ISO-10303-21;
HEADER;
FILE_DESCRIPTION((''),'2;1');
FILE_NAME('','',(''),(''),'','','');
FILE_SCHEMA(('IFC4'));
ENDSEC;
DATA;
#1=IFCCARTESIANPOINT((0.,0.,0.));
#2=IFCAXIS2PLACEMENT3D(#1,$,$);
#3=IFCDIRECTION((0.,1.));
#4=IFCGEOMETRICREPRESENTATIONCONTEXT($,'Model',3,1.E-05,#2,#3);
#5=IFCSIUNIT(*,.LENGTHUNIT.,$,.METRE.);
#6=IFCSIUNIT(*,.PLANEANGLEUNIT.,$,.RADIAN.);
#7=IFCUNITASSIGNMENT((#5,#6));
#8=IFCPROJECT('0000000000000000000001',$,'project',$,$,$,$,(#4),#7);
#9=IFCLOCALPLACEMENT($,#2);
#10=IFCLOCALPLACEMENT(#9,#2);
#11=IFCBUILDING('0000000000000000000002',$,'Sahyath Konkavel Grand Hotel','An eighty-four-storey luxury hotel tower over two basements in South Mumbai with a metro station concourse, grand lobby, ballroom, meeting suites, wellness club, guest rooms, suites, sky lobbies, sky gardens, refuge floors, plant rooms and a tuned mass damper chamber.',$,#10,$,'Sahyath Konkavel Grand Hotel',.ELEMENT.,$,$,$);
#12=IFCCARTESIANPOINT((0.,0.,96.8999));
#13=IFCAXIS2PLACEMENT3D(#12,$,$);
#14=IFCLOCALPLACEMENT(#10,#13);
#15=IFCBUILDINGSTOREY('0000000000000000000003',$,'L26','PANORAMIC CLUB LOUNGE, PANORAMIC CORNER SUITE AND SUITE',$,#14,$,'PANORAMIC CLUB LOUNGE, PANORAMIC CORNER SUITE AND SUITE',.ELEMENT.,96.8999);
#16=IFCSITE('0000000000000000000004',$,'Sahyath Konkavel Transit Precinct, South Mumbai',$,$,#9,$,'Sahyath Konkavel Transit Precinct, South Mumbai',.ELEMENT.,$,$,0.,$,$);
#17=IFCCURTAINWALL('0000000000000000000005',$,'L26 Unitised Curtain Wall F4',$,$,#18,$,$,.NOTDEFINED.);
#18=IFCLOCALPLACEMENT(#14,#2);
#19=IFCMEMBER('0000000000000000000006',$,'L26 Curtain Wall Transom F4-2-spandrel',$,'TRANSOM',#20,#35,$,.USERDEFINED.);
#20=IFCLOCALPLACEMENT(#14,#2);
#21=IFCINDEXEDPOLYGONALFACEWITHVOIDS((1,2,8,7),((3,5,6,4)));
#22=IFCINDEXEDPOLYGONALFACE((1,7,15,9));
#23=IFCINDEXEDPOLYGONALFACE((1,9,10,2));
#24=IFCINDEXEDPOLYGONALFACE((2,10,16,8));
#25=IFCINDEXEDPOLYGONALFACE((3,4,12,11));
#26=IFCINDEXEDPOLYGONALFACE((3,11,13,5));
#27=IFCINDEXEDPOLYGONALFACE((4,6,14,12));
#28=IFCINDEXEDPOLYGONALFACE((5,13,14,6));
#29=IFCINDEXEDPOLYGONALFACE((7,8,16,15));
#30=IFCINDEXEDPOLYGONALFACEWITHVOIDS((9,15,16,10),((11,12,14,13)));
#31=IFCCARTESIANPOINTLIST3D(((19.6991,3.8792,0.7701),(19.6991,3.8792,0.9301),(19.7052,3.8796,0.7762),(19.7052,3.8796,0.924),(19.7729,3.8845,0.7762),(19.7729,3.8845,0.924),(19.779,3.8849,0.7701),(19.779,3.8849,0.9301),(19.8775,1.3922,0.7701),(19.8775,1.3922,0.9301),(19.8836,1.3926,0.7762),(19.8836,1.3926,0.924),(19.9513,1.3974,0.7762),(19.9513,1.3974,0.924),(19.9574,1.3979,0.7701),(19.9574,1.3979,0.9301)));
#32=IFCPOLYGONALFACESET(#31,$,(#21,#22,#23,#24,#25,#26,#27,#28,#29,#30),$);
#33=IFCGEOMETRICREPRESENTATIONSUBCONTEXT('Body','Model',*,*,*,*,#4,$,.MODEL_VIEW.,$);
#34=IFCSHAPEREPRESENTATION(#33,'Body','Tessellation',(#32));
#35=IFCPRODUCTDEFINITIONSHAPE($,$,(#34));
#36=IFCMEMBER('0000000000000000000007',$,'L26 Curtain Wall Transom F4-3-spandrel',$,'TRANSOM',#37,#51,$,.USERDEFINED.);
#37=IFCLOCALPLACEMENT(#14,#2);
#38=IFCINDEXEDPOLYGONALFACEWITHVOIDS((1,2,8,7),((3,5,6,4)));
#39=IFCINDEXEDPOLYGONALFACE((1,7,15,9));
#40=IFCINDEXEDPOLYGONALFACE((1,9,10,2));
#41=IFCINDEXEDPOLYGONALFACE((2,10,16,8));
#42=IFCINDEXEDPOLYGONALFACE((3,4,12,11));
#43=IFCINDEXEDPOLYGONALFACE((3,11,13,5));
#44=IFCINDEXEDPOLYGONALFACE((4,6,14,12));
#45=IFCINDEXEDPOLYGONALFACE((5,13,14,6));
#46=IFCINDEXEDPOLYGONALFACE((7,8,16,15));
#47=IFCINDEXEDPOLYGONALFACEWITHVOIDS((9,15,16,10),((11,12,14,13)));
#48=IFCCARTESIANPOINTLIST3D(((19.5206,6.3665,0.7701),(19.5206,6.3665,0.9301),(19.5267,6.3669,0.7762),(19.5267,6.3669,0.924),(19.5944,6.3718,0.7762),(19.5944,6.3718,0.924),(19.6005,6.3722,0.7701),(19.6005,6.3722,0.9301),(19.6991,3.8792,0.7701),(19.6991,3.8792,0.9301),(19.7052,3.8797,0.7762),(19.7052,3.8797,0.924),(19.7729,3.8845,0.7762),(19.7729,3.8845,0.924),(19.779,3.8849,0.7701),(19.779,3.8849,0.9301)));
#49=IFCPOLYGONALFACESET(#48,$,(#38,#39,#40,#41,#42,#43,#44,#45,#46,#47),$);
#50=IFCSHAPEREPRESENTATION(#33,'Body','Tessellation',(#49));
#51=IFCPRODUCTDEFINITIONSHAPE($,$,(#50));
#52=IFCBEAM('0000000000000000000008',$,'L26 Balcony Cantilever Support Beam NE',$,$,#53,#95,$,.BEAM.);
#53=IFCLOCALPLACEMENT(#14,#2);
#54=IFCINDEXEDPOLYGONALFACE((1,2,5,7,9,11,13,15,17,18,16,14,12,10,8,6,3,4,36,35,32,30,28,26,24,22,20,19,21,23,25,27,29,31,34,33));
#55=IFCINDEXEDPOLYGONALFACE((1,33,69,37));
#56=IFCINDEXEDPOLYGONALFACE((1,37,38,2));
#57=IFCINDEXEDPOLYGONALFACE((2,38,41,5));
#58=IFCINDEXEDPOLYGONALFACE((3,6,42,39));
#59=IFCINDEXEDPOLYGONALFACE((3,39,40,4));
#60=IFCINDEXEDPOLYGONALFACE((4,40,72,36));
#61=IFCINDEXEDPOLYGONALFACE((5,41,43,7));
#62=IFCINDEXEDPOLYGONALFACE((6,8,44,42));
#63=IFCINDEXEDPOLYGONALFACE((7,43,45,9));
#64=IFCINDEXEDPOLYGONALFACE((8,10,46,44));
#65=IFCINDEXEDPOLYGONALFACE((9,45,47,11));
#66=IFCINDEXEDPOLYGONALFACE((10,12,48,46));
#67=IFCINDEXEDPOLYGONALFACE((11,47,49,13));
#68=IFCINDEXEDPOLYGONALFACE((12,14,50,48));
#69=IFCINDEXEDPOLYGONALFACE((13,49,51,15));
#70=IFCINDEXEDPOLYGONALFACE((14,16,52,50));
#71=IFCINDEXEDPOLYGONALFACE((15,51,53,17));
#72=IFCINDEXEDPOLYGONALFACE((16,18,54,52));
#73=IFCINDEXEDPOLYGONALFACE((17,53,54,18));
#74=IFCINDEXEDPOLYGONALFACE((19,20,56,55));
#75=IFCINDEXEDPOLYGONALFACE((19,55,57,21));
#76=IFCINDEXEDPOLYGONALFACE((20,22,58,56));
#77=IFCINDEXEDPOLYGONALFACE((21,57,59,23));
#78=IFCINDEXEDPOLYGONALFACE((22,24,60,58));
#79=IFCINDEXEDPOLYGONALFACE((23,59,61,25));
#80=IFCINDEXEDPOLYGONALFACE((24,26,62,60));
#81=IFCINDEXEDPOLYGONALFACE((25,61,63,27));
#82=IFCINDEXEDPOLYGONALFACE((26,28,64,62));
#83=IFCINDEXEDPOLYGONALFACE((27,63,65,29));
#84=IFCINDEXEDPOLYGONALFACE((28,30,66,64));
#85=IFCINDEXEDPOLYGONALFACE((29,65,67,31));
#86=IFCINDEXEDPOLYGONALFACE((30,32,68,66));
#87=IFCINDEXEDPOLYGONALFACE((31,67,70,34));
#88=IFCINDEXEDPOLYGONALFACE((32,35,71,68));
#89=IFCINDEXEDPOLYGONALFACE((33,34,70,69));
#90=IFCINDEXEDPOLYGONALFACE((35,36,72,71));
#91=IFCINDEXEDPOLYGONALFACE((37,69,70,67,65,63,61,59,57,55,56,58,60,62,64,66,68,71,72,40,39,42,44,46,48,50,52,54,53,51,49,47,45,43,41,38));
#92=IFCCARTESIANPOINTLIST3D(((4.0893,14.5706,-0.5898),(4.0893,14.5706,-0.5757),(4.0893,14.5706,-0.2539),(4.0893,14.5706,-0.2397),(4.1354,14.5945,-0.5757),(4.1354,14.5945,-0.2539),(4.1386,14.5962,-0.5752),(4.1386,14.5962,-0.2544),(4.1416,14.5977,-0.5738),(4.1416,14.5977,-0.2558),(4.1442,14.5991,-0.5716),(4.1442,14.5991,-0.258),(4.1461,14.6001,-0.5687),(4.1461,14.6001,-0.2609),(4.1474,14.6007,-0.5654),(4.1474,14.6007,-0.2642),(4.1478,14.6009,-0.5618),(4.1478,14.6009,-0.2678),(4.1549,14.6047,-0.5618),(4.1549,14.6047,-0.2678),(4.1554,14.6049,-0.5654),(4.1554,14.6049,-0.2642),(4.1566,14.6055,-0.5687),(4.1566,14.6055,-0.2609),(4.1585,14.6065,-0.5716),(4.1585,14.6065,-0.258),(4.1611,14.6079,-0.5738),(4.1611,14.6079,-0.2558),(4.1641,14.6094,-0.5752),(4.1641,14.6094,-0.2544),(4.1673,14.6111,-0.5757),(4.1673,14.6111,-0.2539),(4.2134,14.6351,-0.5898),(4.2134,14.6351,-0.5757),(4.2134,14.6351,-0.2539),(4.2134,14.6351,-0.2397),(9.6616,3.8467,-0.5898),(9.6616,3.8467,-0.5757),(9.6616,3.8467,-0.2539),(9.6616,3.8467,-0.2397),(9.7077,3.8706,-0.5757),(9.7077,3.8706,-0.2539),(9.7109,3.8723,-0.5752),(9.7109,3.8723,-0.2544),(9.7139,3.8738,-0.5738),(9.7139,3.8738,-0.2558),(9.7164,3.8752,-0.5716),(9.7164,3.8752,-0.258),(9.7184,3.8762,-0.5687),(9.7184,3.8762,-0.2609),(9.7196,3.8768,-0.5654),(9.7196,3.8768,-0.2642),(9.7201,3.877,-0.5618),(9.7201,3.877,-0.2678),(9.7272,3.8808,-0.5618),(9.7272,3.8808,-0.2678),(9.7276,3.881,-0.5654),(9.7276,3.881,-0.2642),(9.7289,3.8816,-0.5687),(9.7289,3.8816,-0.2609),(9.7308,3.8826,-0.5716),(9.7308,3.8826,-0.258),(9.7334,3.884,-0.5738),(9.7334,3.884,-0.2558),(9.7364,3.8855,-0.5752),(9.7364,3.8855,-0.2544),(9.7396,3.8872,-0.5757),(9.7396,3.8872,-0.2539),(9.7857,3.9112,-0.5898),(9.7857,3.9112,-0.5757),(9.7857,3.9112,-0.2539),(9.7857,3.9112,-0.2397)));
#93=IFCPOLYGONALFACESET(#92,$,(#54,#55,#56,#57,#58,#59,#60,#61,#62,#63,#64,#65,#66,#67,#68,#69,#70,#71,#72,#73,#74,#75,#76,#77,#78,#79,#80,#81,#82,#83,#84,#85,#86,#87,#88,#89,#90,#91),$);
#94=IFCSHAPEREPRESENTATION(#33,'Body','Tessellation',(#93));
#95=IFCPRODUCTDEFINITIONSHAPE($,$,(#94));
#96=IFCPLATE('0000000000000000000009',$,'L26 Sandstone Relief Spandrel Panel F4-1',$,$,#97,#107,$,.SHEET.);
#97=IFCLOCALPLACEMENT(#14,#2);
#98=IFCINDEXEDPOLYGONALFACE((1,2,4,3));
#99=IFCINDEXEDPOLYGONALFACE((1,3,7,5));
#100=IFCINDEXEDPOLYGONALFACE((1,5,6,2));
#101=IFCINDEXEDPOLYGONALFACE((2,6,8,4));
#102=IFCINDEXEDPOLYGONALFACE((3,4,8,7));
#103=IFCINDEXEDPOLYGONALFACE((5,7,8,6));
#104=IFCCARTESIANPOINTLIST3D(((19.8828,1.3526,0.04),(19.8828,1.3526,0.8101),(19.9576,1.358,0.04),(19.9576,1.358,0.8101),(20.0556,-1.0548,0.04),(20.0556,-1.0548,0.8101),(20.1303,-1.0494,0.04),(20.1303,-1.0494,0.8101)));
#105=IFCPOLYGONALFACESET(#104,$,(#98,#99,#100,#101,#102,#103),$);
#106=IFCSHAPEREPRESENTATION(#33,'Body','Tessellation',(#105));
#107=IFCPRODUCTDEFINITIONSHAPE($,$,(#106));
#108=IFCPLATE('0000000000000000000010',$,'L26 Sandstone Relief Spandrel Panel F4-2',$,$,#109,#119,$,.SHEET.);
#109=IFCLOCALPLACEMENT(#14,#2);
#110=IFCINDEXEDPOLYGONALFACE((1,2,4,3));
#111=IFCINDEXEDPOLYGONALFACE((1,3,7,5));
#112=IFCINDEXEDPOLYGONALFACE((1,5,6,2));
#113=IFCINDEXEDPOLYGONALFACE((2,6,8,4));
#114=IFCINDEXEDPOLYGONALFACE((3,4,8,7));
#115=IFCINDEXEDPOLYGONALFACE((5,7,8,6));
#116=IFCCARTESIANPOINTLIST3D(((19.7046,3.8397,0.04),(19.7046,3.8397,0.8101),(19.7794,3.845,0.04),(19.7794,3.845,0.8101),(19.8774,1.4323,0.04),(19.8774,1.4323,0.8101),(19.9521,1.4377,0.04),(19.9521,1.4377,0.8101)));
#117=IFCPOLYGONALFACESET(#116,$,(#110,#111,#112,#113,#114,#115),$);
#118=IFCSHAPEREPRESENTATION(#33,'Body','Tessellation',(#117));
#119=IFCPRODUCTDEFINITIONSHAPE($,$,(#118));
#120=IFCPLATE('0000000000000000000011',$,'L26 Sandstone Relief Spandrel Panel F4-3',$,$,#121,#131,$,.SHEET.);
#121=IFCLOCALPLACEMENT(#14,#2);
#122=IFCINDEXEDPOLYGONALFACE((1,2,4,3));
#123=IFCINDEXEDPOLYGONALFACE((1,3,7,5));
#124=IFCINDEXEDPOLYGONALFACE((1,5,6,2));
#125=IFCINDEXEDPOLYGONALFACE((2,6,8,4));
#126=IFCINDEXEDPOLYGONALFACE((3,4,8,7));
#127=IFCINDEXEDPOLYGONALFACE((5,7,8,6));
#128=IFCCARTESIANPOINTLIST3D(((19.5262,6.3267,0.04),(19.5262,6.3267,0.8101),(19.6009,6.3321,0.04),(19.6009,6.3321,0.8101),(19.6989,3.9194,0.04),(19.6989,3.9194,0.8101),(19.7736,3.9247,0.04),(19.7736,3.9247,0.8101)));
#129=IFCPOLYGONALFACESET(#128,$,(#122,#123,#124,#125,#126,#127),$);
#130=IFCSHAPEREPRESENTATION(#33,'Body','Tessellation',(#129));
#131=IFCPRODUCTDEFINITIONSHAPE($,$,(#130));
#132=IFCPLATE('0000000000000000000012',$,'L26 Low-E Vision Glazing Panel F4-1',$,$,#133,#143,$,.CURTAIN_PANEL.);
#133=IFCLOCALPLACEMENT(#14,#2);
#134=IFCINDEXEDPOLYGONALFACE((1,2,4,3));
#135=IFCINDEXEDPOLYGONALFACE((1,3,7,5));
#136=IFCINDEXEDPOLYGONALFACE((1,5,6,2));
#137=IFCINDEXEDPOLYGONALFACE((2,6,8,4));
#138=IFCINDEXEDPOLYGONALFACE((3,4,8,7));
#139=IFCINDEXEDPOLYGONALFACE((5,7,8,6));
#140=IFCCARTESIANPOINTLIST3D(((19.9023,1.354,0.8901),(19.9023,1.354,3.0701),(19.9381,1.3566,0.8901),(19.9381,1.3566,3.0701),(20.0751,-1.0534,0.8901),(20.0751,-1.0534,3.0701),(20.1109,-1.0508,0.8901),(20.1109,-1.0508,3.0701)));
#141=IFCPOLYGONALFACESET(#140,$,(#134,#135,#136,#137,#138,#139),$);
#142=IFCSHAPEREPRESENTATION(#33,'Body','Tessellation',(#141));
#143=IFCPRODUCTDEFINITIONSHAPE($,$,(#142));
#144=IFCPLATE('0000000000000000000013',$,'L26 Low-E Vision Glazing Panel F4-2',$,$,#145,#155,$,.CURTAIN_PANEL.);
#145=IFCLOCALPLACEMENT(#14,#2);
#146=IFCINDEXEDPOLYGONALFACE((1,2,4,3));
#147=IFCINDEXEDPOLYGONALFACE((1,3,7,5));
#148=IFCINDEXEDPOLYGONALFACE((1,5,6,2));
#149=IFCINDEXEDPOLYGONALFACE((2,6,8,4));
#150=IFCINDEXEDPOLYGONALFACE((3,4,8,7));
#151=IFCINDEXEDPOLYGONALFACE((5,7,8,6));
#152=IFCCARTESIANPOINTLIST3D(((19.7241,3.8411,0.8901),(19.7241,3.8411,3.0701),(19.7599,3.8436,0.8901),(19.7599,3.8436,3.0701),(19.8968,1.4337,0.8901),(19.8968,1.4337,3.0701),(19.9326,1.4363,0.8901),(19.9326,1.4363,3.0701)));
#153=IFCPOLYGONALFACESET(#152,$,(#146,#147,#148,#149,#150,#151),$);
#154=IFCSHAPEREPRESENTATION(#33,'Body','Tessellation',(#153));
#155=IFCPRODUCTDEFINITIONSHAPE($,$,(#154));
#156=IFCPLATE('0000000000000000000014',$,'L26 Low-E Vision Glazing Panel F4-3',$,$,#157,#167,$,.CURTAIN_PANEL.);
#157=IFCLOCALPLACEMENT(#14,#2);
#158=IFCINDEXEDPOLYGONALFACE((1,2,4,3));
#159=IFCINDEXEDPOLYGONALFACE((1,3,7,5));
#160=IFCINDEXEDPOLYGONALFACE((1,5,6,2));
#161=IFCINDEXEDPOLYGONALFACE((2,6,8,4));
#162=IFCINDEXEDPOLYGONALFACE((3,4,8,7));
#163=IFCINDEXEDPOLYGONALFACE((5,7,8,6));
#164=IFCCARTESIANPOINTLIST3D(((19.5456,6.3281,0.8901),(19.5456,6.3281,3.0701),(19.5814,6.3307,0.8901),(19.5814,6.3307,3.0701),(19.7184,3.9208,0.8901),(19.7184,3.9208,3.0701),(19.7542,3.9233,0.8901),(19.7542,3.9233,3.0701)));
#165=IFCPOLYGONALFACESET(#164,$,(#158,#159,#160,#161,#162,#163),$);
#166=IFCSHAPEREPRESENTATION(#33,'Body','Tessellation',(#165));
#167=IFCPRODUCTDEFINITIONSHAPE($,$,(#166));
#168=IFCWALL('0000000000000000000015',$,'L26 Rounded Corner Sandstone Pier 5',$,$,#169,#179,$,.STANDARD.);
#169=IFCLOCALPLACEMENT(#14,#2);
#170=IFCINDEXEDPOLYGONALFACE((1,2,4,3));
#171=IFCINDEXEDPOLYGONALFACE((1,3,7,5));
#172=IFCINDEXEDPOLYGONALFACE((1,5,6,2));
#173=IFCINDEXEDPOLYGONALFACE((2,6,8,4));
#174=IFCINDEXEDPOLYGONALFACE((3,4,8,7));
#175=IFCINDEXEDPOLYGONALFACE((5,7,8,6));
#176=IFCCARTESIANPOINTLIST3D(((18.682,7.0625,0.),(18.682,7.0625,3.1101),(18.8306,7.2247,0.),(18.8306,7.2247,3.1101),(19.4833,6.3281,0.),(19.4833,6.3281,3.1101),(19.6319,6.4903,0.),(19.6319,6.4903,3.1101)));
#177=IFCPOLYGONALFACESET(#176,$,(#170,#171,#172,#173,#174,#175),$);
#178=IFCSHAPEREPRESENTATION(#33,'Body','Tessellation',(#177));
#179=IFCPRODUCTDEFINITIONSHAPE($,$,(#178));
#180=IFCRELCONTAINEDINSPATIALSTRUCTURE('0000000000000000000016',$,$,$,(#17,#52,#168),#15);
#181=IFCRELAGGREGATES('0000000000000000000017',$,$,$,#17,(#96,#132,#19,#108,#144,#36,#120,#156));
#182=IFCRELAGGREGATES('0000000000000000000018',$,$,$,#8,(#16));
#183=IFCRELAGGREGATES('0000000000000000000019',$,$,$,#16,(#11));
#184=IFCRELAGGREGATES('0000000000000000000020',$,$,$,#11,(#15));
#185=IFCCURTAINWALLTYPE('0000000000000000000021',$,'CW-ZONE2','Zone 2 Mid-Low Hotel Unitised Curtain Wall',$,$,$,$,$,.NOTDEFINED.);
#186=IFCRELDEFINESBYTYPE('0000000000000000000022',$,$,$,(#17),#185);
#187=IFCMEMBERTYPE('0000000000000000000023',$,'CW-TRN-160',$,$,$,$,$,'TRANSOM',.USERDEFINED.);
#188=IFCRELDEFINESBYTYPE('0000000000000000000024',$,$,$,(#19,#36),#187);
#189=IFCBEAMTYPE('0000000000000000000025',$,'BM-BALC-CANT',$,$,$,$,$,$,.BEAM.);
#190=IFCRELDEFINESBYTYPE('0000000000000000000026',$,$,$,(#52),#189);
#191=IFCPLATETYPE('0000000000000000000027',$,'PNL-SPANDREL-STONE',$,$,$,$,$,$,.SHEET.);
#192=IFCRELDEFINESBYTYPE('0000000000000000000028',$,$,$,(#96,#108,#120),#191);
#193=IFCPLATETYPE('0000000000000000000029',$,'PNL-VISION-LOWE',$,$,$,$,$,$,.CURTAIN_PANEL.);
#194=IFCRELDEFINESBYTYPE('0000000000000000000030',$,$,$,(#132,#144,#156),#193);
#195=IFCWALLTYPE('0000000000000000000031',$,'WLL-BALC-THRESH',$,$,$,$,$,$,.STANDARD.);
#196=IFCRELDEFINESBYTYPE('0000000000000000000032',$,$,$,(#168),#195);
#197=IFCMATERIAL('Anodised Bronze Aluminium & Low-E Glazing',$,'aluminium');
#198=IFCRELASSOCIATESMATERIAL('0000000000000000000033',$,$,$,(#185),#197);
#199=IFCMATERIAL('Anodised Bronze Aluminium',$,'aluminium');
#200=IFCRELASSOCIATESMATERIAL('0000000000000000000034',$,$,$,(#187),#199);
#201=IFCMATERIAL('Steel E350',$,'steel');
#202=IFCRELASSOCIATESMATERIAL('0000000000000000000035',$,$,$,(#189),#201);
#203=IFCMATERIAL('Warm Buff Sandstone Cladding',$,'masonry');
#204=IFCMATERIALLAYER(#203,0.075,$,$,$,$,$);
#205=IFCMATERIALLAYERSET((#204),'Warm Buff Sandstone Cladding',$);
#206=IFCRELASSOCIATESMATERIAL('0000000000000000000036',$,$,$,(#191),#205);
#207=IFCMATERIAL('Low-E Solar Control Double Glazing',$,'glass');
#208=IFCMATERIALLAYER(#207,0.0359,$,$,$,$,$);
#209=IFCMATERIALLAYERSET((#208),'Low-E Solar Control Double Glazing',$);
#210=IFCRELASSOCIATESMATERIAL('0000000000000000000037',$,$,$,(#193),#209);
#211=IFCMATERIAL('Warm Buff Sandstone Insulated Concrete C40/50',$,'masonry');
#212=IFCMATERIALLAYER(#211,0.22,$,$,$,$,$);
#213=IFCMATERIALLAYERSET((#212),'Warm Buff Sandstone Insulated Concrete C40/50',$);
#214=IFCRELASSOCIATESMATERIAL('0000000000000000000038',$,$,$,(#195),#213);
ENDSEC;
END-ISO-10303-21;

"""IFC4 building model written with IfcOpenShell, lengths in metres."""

from ifc_helpers import new_model, si_unit, direction, frame, frame_2d, origin, origin_2d, place, context, subcontext, project, spatial, rectangle, hollow_rectangle, i_section, extrude, source, transform, mapped, material, layer, layer_set, material_profile, profile_set, type_object, element, aggregate, save


model = new_model("IFC4")

# Units and contexts
model_context = context("Model", 3, precision=1e-05, world=origin(), true_north=direction((0.0, 1.0)))
body_context = subcontext(model_context, "Body", "Model", "MODEL_VIEW")
ifc_project = project(units=[si_unit("LENGTHUNIT", "METRE"), si_unit("PLANEANGLEUNIT", "RADIAN")], contexts=[model_context])

# Site, building, storey
site_placement = place(None, origin())
site = spatial("IfcSite", under=ifc_project, at=site_placement, Name="Sahyath Konkavel Transit Precinct, South Mumbai", LongName="Sahyath Konkavel Transit Precinct, South Mumbai", CompositionType="ELEMENT", RefElevation=0.0)
building_placement = place(site_placement, origin())
building = spatial("IfcBuilding", under=site, at=building_placement, Name="Sahyath Konkavel Grand Hotel", Description="An eighty-four-storey luxury hotel tower over two basements in South Mumbai with a metro station concourse, grand lobby, ballroom, meeting suites, wellness club, guest rooms, suites, sky lobbies, sky gardens, refuge floors, plant rooms and a tuned mass damper chamber.", LongName="Sahyath Konkavel Grand Hotel", CompositionType="ELEMENT")
storey_placement = place(building_placement, frame((0.0, 0.0, 96.8999)))
storey = spatial("IfcBuildingStorey", under=building, at=storey_placement, Name="L26", Description="PANORAMIC CLUB LOUNGE, PANORAMIC CORNER SUITE AND SUITE", LongName="PANORAMIC CLUB LOUNGE, PANORAMIC CORNER SUITE AND SUITE", CompositionType="ELEMENT", Elevation=96.8999)

# Shared definitions
ifc_material_1 = material(Name="Steel E350", Category="steel")

# Curtain wall, members
ifc_material_2 = material(Name="Anodised Bronze Aluminium & Low-E Glazing", Category="aluminium")
curtain_wall_type = type_object("IfcCurtainWallType", Name="CW-ZONE2", Description="Zone 2 Mid-Low Hotel Unitised Curtain Wall", PredefinedType="NOTDEFINED", material=ifc_material_2)
curtain_wall_placement = place(storey_placement, origin())
curtain_wall = element("IfcCurtainWall", 1, at=curtain_wall_placement, inside=storey, type_object=curtain_wall_type, Name="L26 Unitised Curtain Wall F4", PredefinedType="NOTDEFINED")
ifc_material_3 = material(Name="Anodised Bronze Aluminium", Category="aluminium")
ifc_material_profile_1 = material_profile(ifc_material_3, hollow_rectangle(XDim=0.0801, YDim=0.1599, WallThickness=0.0061, at=origin_2d()), Name="RHS 160x80x6")
ifc_profile_set_1 = profile_set([ifc_material_profile_1], Name="Anodised Bronze Aluminium")
member_type_1 = type_object("IfcMemberType", Name="CW-TRN-160", ElementType="TRANSOM", PredefinedType="USERDEFINED", material=ifc_profile_set_1)
shared_shape_1 = source(origin(), body_context, "Body", "SweptSolid", [
    extrude(hollow_rectangle(XDim=0.0801, YDim=0.1599, WallThickness=0.0061, at=origin_2d()), origin(), (0.0, 0.0, 1.0), 2.4934),
])
member_1_placement = place(storey_placement, frame((19.9175, 1.395, 0.8501), z_axis=(-0.071574, 0.997435, 0.0), x_axis=(-0.997435, -0.071574, 0.0)))
member_1 = element("IfcMember", 2, at=member_1_placement, type_object=member_type_1, Name="L26 Curtain Wall Transom F4-2-spandrel", ObjectType="TRANSOM", PredefinedType="USERDEFINED", context=body_context, shape_type="MappedRepresentation", body=[
    mapped(shared_shape_1, transform((0.0, 0.0, 0.0), scale=1.0)),
])
shared_shape_2 = source(origin(), body_context, "Body", "SweptSolid", [
    extrude(hollow_rectangle(XDim=0.0801, YDim=0.1599, WallThickness=0.0061, at=origin_2d()), origin(), (0.0, 0.0, 1.0), 2.4937),
])
member_2_placement = place(storey_placement, frame((19.739, 3.8821, 0.8501), z_axis=(-0.071567, 0.997436, 0.0), x_axis=(-0.997436, -0.071567, 0.0)))
member_2 = element("IfcMember", 3, at=member_2_placement, type_object=member_type_1, Name="L26 Curtain Wall Transom F4-3-spandrel", ObjectType="TRANSOM", PredefinedType="USERDEFINED", context=body_context, shape_type="MappedRepresentation", body=[
    mapped(shared_shape_2, transform((0.0, 0.0, 0.0), scale=1.0)),
])

# Beam
ifc_material_profile_2 = material_profile(ifc_material_1, i_section(OverallWidth=0.1399, OverallDepth=0.3501, WebThickness=0.0081, FlangeThickness=0.0142, FilletRadius=0.0139, at=origin_2d()), Name="ISMB 350")
ifc_profile_set_2 = profile_set([ifc_material_profile_2], Name="Steel E350")
beam_type_1 = type_object("IfcBeamType", Name="BM-BALC-CANT", PredefinedType="BEAM", material=ifc_profile_set_2)
shared_shape_3 = source(origin(), body_context, "Body", "SweptSolid", [
    extrude(i_section(OverallWidth=0.1399, OverallDepth=0.3501, WebThickness=0.0081, FlangeThickness=0.0142, FilletRadius=0.0139, at=origin_2d()), origin(), (0.0, 0.0, 1.0), 12.0852),
])
beam_1_placement = place(storey_placement, frame((9.7236, 3.8789, -0.4148), z_axis=(-0.461082, 0.887357, 0.0), x_axis=(-0.887357, -0.461082, 0.0)))
element("IfcBeam", 4, at=beam_1_placement, inside=storey, type_object=beam_type_1, Name="L26 Balcony Cantilever Support Beam NE", PredefinedType="BEAM", context=body_context, shape_type="MappedRepresentation", body=[
    mapped(shared_shape_3, transform((0.0, 0.0, 0.0), scale=1.0)),
])

# Plates
ifc_material_4 = material(Name="Warm Buff Sandstone Cladding", Category="masonry")
ifc_layer_1 = layer(ifc_material_4, 0.075)
ifc_layer_set_1 = layer_set([ifc_layer_1], Name="Warm Buff Sandstone Cladding")
plate_type_1 = type_object("IfcPlateType", Name="PNL-SPANDREL-STONE", PredefinedType="SHEET", material=ifc_layer_set_1)
shared_shape_4 = source(origin(), body_context, "Body", "SweptSolid", [
    extrude(rectangle(XDim=2.4136, YDim=0.075, at=origin_2d()), origin(), (0.0, 0.0, 1.0), 0.77),
])
plate_1_placement = place(storey_placement, frame((20.0066, 0.1516, 0.04), z_axis=(0.0, 0.0, 1.0), x_axis=(-0.071567, 0.997436, 0.0)))
plate_1 = element("IfcPlate", 5, at=plate_1_placement, type_object=plate_type_1, Name="L26 Sandstone Relief Spandrel Panel F4-1", PredefinedType="SHEET", context=body_context, shape_type="MappedRepresentation", body=[
    mapped(shared_shape_4, transform((0.0, 0.0, 0.0), scale=1.0)),
])
plate_2_placement = place(storey_placement, frame((19.8284, 2.6387, 0.04), z_axis=(0.0, 0.0, 1.0), x_axis=(-0.071567, 0.997436, 0.0)))
plate_2 = element("IfcPlate", 6, at=plate_2_placement, type_object=plate_type_1, Name="L26 Sandstone Relief Spandrel Panel F4-2", PredefinedType="SHEET", context=body_context, shape_type="MappedRepresentation", body=[
    mapped(shared_shape_4, transform((0.0, 0.0, 0.0), scale=1.0)),
])
plate_3_placement = place(storey_placement, frame((19.6499, 5.1257, 0.04), z_axis=(0.0, 0.0, 1.0), x_axis=(-0.071567, 0.997436, 0.0)))
plate_3 = element("IfcPlate", 7, at=plate_3_placement, type_object=plate_type_1, Name="L26 Sandstone Relief Spandrel Panel F4-3", PredefinedType="SHEET", context=body_context, shape_type="MappedRepresentation", body=[
    mapped(shared_shape_4, transform((0.0, 0.0, 0.0), scale=1.0)),
])
ifc_material_5 = material(Name="Low-E Solar Control Double Glazing", Category="glass")
ifc_layer_2 = layer(ifc_material_5, 0.0359)
ifc_layer_set_2 = layer_set([ifc_layer_2], Name="Low-E Solar Control Double Glazing")
plate_type_2 = type_object("IfcPlateType", Name="PNL-VISION-LOWE", PredefinedType="CURTAIN_PANEL", material=ifc_layer_set_2)
shared_shape_5 = source(origin(), body_context, "Body", "SweptSolid", [
    extrude(rectangle(XDim=2.4136, YDim=0.0359, at=origin_2d()), origin(), (0.0, 0.0, 1.0), 2.1799),
])
plate_4_placement = place(storey_placement, frame((20.0066, 0.1516, 0.8901), z_axis=(0.0, 0.0, 1.0), x_axis=(-0.071567, 0.997436, 0.0)))
plate_4 = element("IfcPlate", 8, at=plate_4_placement, type_object=plate_type_2, Name="L26 Low-E Vision Glazing Panel F4-1", PredefinedType="CURTAIN_PANEL", context=body_context, shape_type="MappedRepresentation", body=[
    mapped(shared_shape_5, transform((0.0, 0.0, 0.0), scale=1.0)),
])
plate_5_placement = place(storey_placement, frame((19.8284, 2.6387, 0.8901), z_axis=(0.0, 0.0, 1.0), x_axis=(-0.071567, 0.997436, 0.0)))
plate_5 = element("IfcPlate", 9, at=plate_5_placement, type_object=plate_type_2, Name="L26 Low-E Vision Glazing Panel F4-2", PredefinedType="CURTAIN_PANEL", context=body_context, shape_type="MappedRepresentation", body=[
    mapped(shared_shape_5, transform((0.0, 0.0, 0.0), scale=1.0)),
])
plate_6_placement = place(storey_placement, frame((19.6499, 5.1257, 0.8901), z_axis=(0.0, 0.0, 1.0), x_axis=(-0.071567, 0.997436, 0.0)))
plate_6 = element("IfcPlate", 10, at=plate_6_placement, type_object=plate_type_2, Name="L26 Low-E Vision Glazing Panel F4-3", PredefinedType="CURTAIN_PANEL", context=body_context, shape_type="MappedRepresentation", body=[
    mapped(shared_shape_5, transform((0.0, 0.0, 0.0), scale=1.0)),
])
aggregate(curtain_wall, [plate_1, plate_4, member_1, plate_2, plate_5, member_2, plate_3, plate_6])

# Wall
ifc_material_6 = material(Name="Warm Buff Sandstone Insulated Concrete C40/50", Category="masonry")
ifc_layer_3 = layer(ifc_material_6, 0.22)
ifc_layer_set_3 = layer_set([ifc_layer_3], Name="Warm Buff Sandstone Insulated Concrete C40/50")
wall_type_1 = type_object("IfcWallType", Name="WLL-BALC-THRESH", PredefinedType="STANDARD", material=ifc_layer_set_3)
wall_1_placement = place(storey_placement, frame((19.5576, 6.4092, 0.0), z_axis=(0.0, 0.0, 1.0), x_axis=(-0.73721, 0.675664, 0.0)))
element("IfcWall", 11, at=wall_1_placement, inside=storey, type_object=wall_type_1, Name="L26 Rounded Corner Sandstone Pier 5", PredefinedType="STANDARD", context=body_context, shape_type="SweptSolid", body=[
    extrude(rectangle(XDim=1.0869, YDim=0.22, at=frame_2d((0.5435, 0.0))), origin(), (0.0, 0.0, 1.0), 3.1101),
])

save(model, "model.ifc")
